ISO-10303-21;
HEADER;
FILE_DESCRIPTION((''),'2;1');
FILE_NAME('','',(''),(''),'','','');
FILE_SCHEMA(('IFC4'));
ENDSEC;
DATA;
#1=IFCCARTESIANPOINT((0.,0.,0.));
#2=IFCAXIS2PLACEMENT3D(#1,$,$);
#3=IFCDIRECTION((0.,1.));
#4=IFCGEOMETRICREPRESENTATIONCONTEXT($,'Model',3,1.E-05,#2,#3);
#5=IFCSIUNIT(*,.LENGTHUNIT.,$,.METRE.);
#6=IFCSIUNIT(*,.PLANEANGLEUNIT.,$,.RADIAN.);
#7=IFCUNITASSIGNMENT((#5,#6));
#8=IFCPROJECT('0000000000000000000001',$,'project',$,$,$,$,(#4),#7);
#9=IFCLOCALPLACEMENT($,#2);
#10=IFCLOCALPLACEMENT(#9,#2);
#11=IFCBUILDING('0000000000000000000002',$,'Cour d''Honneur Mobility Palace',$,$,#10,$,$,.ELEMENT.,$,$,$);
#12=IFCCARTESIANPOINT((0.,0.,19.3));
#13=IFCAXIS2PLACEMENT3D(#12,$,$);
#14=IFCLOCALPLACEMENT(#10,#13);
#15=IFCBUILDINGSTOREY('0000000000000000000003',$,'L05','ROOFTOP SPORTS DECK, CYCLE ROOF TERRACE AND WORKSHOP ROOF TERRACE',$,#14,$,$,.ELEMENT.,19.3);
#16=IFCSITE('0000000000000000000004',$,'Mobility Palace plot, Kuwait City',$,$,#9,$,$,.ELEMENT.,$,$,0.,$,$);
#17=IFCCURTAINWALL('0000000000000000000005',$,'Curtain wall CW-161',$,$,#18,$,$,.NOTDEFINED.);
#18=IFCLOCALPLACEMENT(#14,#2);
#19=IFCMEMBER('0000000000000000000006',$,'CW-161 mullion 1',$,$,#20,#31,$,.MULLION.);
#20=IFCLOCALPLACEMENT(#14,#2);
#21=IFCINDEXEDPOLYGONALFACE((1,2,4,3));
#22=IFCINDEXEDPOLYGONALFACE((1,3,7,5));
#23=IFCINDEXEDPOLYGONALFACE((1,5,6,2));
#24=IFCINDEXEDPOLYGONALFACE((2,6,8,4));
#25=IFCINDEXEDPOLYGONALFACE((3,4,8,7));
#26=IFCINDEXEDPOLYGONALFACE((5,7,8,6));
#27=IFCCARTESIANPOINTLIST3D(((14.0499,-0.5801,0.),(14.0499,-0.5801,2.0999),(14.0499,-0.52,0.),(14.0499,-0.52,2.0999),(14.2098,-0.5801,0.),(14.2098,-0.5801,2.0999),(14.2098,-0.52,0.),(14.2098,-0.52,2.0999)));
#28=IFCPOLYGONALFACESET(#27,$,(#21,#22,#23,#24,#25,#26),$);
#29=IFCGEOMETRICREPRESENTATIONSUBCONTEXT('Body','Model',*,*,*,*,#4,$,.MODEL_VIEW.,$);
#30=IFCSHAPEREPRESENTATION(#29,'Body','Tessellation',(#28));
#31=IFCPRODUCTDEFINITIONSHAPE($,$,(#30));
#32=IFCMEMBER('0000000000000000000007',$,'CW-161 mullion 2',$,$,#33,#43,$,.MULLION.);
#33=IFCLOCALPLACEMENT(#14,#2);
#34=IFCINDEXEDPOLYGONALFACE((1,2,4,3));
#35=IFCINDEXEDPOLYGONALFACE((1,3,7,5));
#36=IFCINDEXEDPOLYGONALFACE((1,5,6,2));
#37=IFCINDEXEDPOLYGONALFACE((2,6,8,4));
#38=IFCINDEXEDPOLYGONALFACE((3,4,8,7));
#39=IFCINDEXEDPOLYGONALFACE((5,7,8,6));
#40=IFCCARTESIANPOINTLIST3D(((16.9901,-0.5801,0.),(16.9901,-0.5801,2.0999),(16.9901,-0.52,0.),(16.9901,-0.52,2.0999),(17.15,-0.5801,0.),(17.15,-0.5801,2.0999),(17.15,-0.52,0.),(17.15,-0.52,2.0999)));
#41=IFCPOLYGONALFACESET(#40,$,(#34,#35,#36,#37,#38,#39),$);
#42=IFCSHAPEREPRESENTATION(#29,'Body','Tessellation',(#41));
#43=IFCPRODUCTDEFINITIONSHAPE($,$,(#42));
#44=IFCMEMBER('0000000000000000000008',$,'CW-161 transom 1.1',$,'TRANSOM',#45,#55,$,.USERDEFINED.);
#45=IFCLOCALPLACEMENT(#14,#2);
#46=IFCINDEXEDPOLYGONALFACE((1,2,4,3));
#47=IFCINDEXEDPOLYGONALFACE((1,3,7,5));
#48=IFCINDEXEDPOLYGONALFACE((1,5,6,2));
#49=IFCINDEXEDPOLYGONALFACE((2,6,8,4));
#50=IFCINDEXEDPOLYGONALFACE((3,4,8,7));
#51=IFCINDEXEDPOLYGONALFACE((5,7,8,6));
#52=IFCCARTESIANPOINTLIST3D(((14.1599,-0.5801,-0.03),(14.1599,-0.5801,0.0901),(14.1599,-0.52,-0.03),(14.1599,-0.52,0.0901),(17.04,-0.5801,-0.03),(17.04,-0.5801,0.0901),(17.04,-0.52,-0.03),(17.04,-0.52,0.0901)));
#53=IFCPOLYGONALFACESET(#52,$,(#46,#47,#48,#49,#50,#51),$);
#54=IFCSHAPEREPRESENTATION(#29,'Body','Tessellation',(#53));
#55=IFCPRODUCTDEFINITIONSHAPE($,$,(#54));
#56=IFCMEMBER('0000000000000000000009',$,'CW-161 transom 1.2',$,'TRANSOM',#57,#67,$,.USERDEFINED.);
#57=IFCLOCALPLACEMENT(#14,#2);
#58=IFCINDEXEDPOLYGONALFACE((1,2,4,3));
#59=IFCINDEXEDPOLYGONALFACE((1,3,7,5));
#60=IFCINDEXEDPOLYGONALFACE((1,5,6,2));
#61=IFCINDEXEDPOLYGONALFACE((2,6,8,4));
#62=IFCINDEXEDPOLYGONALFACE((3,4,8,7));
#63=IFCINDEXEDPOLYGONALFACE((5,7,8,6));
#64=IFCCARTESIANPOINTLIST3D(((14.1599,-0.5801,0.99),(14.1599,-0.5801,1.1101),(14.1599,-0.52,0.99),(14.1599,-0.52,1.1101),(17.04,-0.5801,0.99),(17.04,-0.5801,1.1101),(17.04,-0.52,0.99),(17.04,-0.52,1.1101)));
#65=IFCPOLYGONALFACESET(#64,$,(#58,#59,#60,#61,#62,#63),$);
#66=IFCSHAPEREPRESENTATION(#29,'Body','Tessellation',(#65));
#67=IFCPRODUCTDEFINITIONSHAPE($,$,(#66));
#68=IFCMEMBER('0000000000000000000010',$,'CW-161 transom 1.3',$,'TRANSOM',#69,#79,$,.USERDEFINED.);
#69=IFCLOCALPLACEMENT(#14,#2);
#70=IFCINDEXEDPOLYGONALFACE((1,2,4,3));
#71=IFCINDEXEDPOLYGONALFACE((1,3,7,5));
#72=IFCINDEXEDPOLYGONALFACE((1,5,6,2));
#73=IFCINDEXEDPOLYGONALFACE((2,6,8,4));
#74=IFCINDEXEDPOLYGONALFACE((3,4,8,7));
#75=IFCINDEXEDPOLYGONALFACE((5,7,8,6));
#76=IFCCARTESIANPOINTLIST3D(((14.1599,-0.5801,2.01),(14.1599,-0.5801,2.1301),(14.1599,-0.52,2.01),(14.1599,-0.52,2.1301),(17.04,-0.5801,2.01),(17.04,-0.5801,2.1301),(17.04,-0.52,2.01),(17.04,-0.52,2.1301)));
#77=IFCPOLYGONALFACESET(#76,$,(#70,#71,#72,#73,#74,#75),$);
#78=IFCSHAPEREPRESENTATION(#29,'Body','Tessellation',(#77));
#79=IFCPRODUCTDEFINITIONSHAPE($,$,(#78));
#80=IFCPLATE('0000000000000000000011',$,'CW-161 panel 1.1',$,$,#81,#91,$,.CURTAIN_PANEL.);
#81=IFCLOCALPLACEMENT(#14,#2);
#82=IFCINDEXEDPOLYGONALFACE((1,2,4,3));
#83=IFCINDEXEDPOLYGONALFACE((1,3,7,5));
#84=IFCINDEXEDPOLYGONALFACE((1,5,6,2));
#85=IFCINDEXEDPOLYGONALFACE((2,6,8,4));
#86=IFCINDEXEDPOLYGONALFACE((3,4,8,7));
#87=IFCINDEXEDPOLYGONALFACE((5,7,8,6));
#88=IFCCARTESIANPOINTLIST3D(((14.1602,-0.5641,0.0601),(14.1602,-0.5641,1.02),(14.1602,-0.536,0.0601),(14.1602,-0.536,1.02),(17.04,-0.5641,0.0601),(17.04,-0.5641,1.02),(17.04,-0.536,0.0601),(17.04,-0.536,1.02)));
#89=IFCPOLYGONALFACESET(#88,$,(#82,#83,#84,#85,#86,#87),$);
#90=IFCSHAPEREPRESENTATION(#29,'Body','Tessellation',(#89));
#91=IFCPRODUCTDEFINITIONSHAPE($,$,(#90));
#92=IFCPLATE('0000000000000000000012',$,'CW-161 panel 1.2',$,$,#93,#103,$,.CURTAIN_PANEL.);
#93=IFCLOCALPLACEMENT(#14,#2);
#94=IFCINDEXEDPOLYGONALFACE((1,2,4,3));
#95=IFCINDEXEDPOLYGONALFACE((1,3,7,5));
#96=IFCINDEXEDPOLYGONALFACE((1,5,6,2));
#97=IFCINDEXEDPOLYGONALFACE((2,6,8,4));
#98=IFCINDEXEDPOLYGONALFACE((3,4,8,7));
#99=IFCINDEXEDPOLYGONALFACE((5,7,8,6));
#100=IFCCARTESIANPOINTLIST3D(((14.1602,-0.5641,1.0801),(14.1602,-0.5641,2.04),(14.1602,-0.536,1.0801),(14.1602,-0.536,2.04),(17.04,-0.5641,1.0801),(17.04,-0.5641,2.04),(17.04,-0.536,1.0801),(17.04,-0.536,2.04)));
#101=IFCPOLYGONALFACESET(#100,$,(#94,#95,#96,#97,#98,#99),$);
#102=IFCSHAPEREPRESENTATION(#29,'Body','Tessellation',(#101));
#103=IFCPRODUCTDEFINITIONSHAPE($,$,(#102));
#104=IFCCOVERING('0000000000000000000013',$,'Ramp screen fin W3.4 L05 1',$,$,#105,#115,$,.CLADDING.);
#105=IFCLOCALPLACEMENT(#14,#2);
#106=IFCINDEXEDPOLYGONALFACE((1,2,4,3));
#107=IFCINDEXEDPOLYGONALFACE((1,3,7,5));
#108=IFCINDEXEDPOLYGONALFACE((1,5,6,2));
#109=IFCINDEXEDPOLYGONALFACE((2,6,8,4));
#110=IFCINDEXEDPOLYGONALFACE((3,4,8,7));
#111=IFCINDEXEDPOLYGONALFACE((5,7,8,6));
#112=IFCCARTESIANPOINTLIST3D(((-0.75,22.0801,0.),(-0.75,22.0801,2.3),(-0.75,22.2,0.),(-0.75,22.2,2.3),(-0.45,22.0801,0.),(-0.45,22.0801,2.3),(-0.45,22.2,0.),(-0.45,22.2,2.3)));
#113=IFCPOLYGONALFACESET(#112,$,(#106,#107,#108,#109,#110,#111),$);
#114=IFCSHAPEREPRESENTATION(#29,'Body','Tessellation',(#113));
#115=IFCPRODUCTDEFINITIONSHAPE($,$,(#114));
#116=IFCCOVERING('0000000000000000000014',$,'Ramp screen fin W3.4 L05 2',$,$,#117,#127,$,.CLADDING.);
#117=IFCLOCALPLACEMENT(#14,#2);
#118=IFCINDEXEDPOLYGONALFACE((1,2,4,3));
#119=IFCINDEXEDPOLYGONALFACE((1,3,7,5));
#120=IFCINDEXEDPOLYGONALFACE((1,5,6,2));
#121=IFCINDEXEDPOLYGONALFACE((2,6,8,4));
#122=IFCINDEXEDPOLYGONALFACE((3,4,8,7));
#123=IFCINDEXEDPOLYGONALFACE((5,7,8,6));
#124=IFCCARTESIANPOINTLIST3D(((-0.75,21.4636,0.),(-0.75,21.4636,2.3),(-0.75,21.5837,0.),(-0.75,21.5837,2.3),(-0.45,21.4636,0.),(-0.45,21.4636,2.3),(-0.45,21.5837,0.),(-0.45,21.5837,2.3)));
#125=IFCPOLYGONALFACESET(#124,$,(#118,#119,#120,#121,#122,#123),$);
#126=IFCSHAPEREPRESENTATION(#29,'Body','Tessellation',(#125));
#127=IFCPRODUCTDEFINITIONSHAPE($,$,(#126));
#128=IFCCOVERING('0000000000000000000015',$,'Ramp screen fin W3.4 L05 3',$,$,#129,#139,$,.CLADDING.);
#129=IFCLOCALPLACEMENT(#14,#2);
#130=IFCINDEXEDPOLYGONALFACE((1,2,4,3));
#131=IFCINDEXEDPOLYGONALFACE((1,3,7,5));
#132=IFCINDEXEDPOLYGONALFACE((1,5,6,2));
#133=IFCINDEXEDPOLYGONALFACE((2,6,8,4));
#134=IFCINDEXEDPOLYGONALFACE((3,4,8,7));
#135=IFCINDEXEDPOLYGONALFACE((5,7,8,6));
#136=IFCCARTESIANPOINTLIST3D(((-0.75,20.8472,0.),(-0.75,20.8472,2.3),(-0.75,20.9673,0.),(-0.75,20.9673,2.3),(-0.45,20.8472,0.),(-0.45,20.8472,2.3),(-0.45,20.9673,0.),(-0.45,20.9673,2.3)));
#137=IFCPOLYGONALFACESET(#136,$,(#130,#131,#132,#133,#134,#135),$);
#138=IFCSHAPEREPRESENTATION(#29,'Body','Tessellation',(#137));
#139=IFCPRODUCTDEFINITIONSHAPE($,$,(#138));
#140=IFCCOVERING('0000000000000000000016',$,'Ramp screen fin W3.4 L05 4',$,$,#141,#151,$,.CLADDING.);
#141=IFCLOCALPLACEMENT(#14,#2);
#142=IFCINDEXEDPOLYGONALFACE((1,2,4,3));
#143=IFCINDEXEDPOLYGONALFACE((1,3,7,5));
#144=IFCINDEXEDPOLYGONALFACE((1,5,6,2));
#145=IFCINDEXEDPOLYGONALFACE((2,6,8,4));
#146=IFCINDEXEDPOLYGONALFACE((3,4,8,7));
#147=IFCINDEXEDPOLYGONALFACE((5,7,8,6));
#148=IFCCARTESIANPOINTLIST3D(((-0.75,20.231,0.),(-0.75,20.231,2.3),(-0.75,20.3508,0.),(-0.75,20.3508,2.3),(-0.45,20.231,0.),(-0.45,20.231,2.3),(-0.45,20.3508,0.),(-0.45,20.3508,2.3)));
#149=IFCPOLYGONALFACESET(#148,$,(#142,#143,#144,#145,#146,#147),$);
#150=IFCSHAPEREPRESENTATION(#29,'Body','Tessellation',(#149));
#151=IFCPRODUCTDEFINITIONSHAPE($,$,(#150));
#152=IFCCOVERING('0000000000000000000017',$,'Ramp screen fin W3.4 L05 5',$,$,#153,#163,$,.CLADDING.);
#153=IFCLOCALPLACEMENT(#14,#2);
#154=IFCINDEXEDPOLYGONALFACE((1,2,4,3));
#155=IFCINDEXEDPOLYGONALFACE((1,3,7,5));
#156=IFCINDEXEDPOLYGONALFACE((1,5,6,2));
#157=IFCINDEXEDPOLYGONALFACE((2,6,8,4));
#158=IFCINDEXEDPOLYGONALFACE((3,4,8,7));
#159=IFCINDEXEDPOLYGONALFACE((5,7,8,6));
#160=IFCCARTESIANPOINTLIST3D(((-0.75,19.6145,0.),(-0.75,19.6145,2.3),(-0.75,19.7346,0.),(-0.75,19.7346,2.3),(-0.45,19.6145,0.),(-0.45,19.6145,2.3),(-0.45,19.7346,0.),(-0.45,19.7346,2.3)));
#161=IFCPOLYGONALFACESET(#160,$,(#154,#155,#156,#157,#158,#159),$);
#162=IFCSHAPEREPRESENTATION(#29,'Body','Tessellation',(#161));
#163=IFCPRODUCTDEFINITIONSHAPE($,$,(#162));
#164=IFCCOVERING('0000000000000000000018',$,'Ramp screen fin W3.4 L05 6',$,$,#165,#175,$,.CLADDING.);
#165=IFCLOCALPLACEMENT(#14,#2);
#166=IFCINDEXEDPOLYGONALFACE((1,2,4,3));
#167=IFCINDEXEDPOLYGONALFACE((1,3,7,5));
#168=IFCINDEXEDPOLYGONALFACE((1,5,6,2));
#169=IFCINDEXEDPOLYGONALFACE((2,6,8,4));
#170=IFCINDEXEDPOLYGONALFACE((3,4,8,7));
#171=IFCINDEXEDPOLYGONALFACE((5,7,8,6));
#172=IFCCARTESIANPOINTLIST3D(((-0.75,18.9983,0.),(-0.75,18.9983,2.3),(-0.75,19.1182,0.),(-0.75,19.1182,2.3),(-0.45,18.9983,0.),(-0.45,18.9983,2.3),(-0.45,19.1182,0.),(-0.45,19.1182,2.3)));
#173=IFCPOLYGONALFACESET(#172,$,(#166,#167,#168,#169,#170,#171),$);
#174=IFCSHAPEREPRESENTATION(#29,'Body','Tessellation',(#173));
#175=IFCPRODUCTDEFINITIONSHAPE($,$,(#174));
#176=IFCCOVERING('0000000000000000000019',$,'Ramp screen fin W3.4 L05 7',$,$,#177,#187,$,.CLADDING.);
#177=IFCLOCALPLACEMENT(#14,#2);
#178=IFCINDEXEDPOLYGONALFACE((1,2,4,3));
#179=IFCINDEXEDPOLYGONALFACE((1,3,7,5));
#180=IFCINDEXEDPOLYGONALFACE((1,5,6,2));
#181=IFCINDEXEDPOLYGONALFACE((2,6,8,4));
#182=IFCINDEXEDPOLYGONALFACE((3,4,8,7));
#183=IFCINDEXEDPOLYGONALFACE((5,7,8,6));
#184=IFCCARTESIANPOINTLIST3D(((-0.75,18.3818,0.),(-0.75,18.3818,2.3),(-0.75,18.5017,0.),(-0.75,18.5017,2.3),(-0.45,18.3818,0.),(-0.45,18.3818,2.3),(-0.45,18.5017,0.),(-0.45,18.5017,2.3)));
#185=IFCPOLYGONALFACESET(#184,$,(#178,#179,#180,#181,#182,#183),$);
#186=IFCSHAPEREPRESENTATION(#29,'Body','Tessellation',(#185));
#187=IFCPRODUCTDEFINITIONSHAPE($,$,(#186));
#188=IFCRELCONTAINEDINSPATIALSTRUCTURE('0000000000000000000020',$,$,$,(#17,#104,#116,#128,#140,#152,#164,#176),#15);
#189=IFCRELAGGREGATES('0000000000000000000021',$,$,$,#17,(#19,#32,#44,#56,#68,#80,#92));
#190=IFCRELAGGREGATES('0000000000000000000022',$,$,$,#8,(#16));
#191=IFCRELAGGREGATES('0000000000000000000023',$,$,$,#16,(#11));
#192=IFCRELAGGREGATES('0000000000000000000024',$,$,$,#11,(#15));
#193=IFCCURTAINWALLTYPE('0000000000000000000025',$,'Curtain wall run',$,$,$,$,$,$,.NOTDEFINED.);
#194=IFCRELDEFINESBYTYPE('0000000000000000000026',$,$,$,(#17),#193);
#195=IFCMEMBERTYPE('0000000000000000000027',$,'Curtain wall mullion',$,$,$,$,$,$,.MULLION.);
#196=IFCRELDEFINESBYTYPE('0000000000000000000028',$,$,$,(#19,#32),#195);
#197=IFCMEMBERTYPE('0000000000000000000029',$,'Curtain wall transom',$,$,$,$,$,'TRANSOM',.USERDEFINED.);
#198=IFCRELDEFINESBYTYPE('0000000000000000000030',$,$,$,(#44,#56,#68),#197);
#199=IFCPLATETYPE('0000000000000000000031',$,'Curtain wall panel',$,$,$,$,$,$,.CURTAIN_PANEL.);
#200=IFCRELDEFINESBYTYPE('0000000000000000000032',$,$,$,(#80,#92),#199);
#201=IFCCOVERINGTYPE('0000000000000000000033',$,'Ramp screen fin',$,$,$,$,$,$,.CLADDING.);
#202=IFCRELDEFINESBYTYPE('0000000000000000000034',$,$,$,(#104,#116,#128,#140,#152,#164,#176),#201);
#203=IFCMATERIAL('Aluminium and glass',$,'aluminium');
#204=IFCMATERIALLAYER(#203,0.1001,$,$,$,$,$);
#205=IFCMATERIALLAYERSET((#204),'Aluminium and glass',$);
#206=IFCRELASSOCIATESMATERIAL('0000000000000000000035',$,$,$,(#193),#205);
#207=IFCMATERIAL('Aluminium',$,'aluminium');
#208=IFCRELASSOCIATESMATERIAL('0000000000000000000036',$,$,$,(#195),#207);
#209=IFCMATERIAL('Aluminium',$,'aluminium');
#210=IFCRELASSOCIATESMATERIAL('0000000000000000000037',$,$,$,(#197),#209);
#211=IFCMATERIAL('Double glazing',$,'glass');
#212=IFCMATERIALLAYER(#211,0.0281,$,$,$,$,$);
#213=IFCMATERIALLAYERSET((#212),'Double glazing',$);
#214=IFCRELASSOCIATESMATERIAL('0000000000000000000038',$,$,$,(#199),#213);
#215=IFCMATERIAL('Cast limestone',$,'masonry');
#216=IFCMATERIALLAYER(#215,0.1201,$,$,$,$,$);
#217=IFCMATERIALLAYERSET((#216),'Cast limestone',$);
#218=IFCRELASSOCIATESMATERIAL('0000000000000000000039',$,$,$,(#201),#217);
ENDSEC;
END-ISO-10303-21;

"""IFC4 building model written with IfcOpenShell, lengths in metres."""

from ifc_helpers import new_model, si_unit, direction, frame, origin, origin_2d, place, context, subcontext, project, spatial, polyline, rectangle, outline, extrude, material, layer, layer_set, material_profile, profile_set, type_object, element, aggregate, save


model = new_model("IFC4")

# Units and contexts
model_context = context("Model", 3, precision=1e-05, world=origin(), true_north=direction((0.0, 1.0)))
body_context = subcontext(model_context, "Body", "Model", "MODEL_VIEW")
ifc_project = project(units=[si_unit("LENGTHUNIT", "METRE"), si_unit("PLANEANGLEUNIT", "RADIAN")], contexts=[model_context])

# Site, building, storey
site_placement = place(None, origin())
site = spatial("IfcSite", under=ifc_project, at=site_placement, Name="Mobility Palace plot, Kuwait City", CompositionType="ELEMENT", RefElevation=0.0)
building_placement = place(site_placement, origin())
building = spatial("IfcBuilding", under=site, at=building_placement, Name="Cour d'Honneur Mobility Palace", CompositionType="ELEMENT")
storey_placement = place(building_placement, frame((0.0, 0.0, 19.3)))
storey = spatial("IfcBuildingStorey", under=building, at=storey_placement, Name="L05", Description="ROOFTOP SPORTS DECK, CYCLE ROOF TERRACE AND WORKSHOP ROOF TERRACE", CompositionType="ELEMENT", Elevation=19.3)

# Curtain wall, members, plates
ifc_material_1 = material(Name="Aluminium and glass", Category="aluminium")
ifc_layer_1 = layer(ifc_material_1, 0.1001)
ifc_layer_set_1 = layer_set([ifc_layer_1], Name="Aluminium and glass")
curtain_wall_type = type_object("IfcCurtainWallType", Name="Curtain wall run", PredefinedType="NOTDEFINED", material=ifc_layer_set_1)
curtain_wall_placement = place(storey_placement, origin())
curtain_wall = element("IfcCurtainWall", 1, at=curtain_wall_placement, inside=storey, type_object=curtain_wall_type, Name="Curtain wall CW-161", PredefinedType="NOTDEFINED")
ifc_material_2 = material(Name="Aluminium", Category="aluminium")
ifc_material_profile_1 = material_profile(ifc_material_2, rectangle(XDim=0.0601, YDim=0.1599, at=origin_2d()), Name="Curtain wall mullion")
ifc_profile_set_1 = profile_set([ifc_material_profile_1], Name="Aluminium")
member_type_1 = type_object("IfcMemberType", Name="Curtain wall mullion", PredefinedType="MULLION", material=ifc_profile_set_1)
member_1_placement = place(storey_placement, frame((14.1299, -0.55, 0.0), z_axis=(0.0, 0.0, 1.0), x_axis=(0.0, 1.0, 0.0)))
member_1 = element("IfcMember", 2, at=member_1_placement, type_object=member_type_1, Name="CW-161 mullion 1", PredefinedType="MULLION", context=body_context, shape_type="SweptSolid", body=[
    extrude(rectangle(XDim=0.0601, YDim=0.1599, at=origin_2d()), origin(), (0.0, 0.0, 1.0), 2.0999),
])
member_2_placement = place(storey_placement, frame((17.0701, -0.55, 0.0), z_axis=(0.0, 0.0, 1.0), x_axis=(0.0, 1.0, 0.0)))
member_2 = element("IfcMember", 3, at=member_2_placement, type_object=member_type_1, Name="CW-161 mullion 2", PredefinedType="MULLION", context=body_context, shape_type="SweptSolid", body=[
    extrude(rectangle(XDim=0.0601, YDim=0.1599, at=origin_2d()), origin(), (0.0, 0.0, 1.0), 2.0999),
])
ifc_material_3 = material(Name="Aluminium", Category="aluminium")
ifc_material_profile_2 = material_profile(ifc_material_3, rectangle(XDim=0.0601, YDim=0.1201, at=origin_2d()), Name="Curtain wall transom")
ifc_profile_set_2 = profile_set([ifc_material_profile_2], Name="Aluminium")
member_type_2 = type_object("IfcMemberType", Name="Curtain wall transom", ElementType="TRANSOM", PredefinedType="USERDEFINED", material=ifc_profile_set_2)
member_3_placement = place(storey_placement, frame((14.1599, -0.55, 0.03), z_axis=(1.0, 0.0, 0.0), x_axis=(0.0, 1.0, 0.0)))
member_3 = element("IfcMember", 4, at=member_3_placement, type_object=member_type_2, Name="CW-161 transom 1.1", ObjectType="TRANSOM", PredefinedType="USERDEFINED", context=body_context, shape_type="SweptSolid", body=[
    extrude(rectangle(XDim=0.0601, YDim=0.1201, at=origin_2d()), origin(), (0.0, 0.0, 1.0), 2.8801),
])
member_4_placement = place(storey_placement, frame((14.1599, -0.55, 1.05), z_axis=(1.0, 0.0, 0.0), x_axis=(0.0, 1.0, 0.0)))
member_4 = element("IfcMember", 5, at=member_4_placement, type_object=member_type_2, Name="CW-161 transom 1.2", ObjectType="TRANSOM", PredefinedType="USERDEFINED", context=body_context, shape_type="SweptSolid", body=[
    extrude(rectangle(XDim=0.0601, YDim=0.1201, at=origin_2d()), origin(), (0.0, 0.0, 1.0), 2.8801),
])
member_5_placement = place(storey_placement, frame((14.1599, -0.55, 2.0701), z_axis=(1.0, 0.0, 0.0), x_axis=(0.0, 1.0, 0.0)))
member_5 = element("IfcMember", 6, at=member_5_placement, type_object=member_type_2, Name="CW-161 transom 1.3", ObjectType="TRANSOM", PredefinedType="USERDEFINED", context=body_context, shape_type="SweptSolid", body=[
    extrude(rectangle(XDim=0.0601, YDim=0.1201, at=origin_2d()), origin(), (0.0, 0.0, 1.0), 2.8801),
])
ifc_material_4 = material(Name="Double glazing", Category="glass")
ifc_layer_2 = layer(ifc_material_4, 0.0281)
ifc_layer_set_2 = layer_set([ifc_layer_2], Name="Double glazing")
plate_type = type_object("IfcPlateType", Name="Curtain wall panel", PredefinedType="CURTAIN_PANEL", material=ifc_layer_set_2)
plate_1_placement = place(storey_placement, frame((15.6001, -0.55, 0.0601), z_axis=(0.0, 0.0, 1.0), x_axis=(1.0, 0.0, 0.0)))
plate_1 = element("IfcPlate", 7, at=plate_1_placement, type_object=plate_type, Name="CW-161 panel 1.1", PredefinedType="CURTAIN_PANEL", context=body_context, shape_type="SweptSolid", body=[
    extrude(rectangle(XDim=2.8799, YDim=0.0281, at=origin_2d()), origin(), (0.0, 0.0, 1.0), 0.96),
])
plate_2_placement = place(storey_placement, frame((15.6001, -0.55, 1.0801), z_axis=(0.0, 0.0, 1.0), x_axis=(1.0, 0.0, 0.0)))
plate_2 = element("IfcPlate", 8, at=plate_2_placement, type_object=plate_type, Name="CW-161 panel 1.2", PredefinedType="CURTAIN_PANEL", context=body_context, shape_type="SweptSolid", body=[
    extrude(rectangle(XDim=2.8799, YDim=0.0281, at=origin_2d()), origin(), (0.0, 0.0, 1.0), 0.96),
])
aggregate(curtain_wall, [member_1, member_2, member_3, member_4, member_5, plate_1, plate_2])

# Coverings
ifc_material_5 = material(Name="Cast limestone", Category="masonry")
ifc_layer_3 = layer(ifc_material_5, 0.1201)
ifc_layer_set_3 = layer_set([ifc_layer_3], Name="Cast limestone")
covering_type = type_object("IfcCoveringType", Name="Ramp screen fin", PredefinedType="CLADDING", material=ifc_layer_set_3)
covering_1_placement = place(storey_placement, origin())
element("IfcCovering", 9, at=covering_1_placement, inside=storey, type_object=covering_type, Name="Ramp screen fin W3.4 L05 1", PredefinedType="CLADDING", context=body_context, shape_type="SweptSolid", body=[
    extrude(outline(polyline([(-0.45, 22.2), (-0.45, 22.0801), (-0.75, 22.0801), (-0.75, 22.2), (-0.45, 22.2)])), origin(), (0.0, 0.0, 1.0), 2.3),
])
covering_2_placement = place(storey_placement, origin())
element("IfcCovering", 10, at=covering_2_placement, inside=storey, type_object=covering_type, Name="Ramp screen fin W3.4 L05 2", PredefinedType="CLADDING", context=body_context, shape_type="SweptSolid", body=[
    extrude(outline(polyline([(-0.45, 21.5837), (-0.45, 21.4636), (-0.75, 21.4636), (-0.75, 21.5837), (-0.45, 21.5837)])), origin(), (0.0, 0.0, 1.0), 2.3),
])
covering_3_placement = place(storey_placement, origin())
element("IfcCovering", 11, at=covering_3_placement, inside=storey, type_object=covering_type, Name="Ramp screen fin W3.4 L05 3", PredefinedType="CLADDING", context=body_context, shape_type="SweptSolid", body=[
    extrude(outline(polyline([(-0.45, 20.9673), (-0.45, 20.8472), (-0.75, 20.8472), (-0.75, 20.9673), (-0.45, 20.9673)])), origin(), (0.0, 0.0, 1.0), 2.3),
])
covering_4_placement = place(storey_placement, origin())
element("IfcCovering", 12, at=covering_4_placement, inside=storey, type_object=covering_type, Name="Ramp screen fin W3.4 L05 4", PredefinedType="CLADDING", context=body_context, shape_type="SweptSolid", body=[
    extrude(outline(polyline([(-0.45, 20.3508), (-0.45, 20.231), (-0.75, 20.231), (-0.75, 20.3508), (-0.45, 20.3508)])), origin(), (0.0, 0.0, 1.0), 2.3),
])
covering_5_placement = place(storey_placement, origin())
element("IfcCovering", 13, at=covering_5_placement, inside=storey, type_object=covering_type, Name="Ramp screen fin W3.4 L05 5", PredefinedType="CLADDING", context=body_context, shape_type="SweptSolid", body=[
    extrude(outline(polyline([(-0.45, 19.7346), (-0.45, 19.6145), (-0.75, 19.6145), (-0.75, 19.7346), (-0.45, 19.7346)])), origin(), (0.0, 0.0, 1.0), 2.3),
])
covering_6_placement = place(storey_placement, origin())
element("IfcCovering", 14, at=covering_6_placement, inside=storey, type_object=covering_type, Name="Ramp screen fin W3.4 L05 6", PredefinedType="CLADDING", context=body_context, shape_type="SweptSolid", body=[
    extrude(outline(polyline([(-0.45, 19.1182), (-0.45, 18.9983), (-0.75, 18.9983), (-0.75, 19.1182), (-0.45, 19.1182)])), origin(), (0.0, 0.0, 1.0), 2.3),
])
covering_7_placement = place(storey_placement, origin())
element("IfcCovering", 15, at=covering_7_placement, inside=storey, type_object=covering_type, Name="Ramp screen fin W3.4 L05 7", PredefinedType="CLADDING", context=body_context, shape_type="SweptSolid", body=[
    extrude(outline(polyline([(-0.45, 18.5017), (-0.45, 18.3818), (-0.75, 18.3818), (-0.75, 18.5017), (-0.45, 18.5017)])), origin(), (0.0, 0.0, 1.0), 2.3),
])

save(model, "model.ifc")
